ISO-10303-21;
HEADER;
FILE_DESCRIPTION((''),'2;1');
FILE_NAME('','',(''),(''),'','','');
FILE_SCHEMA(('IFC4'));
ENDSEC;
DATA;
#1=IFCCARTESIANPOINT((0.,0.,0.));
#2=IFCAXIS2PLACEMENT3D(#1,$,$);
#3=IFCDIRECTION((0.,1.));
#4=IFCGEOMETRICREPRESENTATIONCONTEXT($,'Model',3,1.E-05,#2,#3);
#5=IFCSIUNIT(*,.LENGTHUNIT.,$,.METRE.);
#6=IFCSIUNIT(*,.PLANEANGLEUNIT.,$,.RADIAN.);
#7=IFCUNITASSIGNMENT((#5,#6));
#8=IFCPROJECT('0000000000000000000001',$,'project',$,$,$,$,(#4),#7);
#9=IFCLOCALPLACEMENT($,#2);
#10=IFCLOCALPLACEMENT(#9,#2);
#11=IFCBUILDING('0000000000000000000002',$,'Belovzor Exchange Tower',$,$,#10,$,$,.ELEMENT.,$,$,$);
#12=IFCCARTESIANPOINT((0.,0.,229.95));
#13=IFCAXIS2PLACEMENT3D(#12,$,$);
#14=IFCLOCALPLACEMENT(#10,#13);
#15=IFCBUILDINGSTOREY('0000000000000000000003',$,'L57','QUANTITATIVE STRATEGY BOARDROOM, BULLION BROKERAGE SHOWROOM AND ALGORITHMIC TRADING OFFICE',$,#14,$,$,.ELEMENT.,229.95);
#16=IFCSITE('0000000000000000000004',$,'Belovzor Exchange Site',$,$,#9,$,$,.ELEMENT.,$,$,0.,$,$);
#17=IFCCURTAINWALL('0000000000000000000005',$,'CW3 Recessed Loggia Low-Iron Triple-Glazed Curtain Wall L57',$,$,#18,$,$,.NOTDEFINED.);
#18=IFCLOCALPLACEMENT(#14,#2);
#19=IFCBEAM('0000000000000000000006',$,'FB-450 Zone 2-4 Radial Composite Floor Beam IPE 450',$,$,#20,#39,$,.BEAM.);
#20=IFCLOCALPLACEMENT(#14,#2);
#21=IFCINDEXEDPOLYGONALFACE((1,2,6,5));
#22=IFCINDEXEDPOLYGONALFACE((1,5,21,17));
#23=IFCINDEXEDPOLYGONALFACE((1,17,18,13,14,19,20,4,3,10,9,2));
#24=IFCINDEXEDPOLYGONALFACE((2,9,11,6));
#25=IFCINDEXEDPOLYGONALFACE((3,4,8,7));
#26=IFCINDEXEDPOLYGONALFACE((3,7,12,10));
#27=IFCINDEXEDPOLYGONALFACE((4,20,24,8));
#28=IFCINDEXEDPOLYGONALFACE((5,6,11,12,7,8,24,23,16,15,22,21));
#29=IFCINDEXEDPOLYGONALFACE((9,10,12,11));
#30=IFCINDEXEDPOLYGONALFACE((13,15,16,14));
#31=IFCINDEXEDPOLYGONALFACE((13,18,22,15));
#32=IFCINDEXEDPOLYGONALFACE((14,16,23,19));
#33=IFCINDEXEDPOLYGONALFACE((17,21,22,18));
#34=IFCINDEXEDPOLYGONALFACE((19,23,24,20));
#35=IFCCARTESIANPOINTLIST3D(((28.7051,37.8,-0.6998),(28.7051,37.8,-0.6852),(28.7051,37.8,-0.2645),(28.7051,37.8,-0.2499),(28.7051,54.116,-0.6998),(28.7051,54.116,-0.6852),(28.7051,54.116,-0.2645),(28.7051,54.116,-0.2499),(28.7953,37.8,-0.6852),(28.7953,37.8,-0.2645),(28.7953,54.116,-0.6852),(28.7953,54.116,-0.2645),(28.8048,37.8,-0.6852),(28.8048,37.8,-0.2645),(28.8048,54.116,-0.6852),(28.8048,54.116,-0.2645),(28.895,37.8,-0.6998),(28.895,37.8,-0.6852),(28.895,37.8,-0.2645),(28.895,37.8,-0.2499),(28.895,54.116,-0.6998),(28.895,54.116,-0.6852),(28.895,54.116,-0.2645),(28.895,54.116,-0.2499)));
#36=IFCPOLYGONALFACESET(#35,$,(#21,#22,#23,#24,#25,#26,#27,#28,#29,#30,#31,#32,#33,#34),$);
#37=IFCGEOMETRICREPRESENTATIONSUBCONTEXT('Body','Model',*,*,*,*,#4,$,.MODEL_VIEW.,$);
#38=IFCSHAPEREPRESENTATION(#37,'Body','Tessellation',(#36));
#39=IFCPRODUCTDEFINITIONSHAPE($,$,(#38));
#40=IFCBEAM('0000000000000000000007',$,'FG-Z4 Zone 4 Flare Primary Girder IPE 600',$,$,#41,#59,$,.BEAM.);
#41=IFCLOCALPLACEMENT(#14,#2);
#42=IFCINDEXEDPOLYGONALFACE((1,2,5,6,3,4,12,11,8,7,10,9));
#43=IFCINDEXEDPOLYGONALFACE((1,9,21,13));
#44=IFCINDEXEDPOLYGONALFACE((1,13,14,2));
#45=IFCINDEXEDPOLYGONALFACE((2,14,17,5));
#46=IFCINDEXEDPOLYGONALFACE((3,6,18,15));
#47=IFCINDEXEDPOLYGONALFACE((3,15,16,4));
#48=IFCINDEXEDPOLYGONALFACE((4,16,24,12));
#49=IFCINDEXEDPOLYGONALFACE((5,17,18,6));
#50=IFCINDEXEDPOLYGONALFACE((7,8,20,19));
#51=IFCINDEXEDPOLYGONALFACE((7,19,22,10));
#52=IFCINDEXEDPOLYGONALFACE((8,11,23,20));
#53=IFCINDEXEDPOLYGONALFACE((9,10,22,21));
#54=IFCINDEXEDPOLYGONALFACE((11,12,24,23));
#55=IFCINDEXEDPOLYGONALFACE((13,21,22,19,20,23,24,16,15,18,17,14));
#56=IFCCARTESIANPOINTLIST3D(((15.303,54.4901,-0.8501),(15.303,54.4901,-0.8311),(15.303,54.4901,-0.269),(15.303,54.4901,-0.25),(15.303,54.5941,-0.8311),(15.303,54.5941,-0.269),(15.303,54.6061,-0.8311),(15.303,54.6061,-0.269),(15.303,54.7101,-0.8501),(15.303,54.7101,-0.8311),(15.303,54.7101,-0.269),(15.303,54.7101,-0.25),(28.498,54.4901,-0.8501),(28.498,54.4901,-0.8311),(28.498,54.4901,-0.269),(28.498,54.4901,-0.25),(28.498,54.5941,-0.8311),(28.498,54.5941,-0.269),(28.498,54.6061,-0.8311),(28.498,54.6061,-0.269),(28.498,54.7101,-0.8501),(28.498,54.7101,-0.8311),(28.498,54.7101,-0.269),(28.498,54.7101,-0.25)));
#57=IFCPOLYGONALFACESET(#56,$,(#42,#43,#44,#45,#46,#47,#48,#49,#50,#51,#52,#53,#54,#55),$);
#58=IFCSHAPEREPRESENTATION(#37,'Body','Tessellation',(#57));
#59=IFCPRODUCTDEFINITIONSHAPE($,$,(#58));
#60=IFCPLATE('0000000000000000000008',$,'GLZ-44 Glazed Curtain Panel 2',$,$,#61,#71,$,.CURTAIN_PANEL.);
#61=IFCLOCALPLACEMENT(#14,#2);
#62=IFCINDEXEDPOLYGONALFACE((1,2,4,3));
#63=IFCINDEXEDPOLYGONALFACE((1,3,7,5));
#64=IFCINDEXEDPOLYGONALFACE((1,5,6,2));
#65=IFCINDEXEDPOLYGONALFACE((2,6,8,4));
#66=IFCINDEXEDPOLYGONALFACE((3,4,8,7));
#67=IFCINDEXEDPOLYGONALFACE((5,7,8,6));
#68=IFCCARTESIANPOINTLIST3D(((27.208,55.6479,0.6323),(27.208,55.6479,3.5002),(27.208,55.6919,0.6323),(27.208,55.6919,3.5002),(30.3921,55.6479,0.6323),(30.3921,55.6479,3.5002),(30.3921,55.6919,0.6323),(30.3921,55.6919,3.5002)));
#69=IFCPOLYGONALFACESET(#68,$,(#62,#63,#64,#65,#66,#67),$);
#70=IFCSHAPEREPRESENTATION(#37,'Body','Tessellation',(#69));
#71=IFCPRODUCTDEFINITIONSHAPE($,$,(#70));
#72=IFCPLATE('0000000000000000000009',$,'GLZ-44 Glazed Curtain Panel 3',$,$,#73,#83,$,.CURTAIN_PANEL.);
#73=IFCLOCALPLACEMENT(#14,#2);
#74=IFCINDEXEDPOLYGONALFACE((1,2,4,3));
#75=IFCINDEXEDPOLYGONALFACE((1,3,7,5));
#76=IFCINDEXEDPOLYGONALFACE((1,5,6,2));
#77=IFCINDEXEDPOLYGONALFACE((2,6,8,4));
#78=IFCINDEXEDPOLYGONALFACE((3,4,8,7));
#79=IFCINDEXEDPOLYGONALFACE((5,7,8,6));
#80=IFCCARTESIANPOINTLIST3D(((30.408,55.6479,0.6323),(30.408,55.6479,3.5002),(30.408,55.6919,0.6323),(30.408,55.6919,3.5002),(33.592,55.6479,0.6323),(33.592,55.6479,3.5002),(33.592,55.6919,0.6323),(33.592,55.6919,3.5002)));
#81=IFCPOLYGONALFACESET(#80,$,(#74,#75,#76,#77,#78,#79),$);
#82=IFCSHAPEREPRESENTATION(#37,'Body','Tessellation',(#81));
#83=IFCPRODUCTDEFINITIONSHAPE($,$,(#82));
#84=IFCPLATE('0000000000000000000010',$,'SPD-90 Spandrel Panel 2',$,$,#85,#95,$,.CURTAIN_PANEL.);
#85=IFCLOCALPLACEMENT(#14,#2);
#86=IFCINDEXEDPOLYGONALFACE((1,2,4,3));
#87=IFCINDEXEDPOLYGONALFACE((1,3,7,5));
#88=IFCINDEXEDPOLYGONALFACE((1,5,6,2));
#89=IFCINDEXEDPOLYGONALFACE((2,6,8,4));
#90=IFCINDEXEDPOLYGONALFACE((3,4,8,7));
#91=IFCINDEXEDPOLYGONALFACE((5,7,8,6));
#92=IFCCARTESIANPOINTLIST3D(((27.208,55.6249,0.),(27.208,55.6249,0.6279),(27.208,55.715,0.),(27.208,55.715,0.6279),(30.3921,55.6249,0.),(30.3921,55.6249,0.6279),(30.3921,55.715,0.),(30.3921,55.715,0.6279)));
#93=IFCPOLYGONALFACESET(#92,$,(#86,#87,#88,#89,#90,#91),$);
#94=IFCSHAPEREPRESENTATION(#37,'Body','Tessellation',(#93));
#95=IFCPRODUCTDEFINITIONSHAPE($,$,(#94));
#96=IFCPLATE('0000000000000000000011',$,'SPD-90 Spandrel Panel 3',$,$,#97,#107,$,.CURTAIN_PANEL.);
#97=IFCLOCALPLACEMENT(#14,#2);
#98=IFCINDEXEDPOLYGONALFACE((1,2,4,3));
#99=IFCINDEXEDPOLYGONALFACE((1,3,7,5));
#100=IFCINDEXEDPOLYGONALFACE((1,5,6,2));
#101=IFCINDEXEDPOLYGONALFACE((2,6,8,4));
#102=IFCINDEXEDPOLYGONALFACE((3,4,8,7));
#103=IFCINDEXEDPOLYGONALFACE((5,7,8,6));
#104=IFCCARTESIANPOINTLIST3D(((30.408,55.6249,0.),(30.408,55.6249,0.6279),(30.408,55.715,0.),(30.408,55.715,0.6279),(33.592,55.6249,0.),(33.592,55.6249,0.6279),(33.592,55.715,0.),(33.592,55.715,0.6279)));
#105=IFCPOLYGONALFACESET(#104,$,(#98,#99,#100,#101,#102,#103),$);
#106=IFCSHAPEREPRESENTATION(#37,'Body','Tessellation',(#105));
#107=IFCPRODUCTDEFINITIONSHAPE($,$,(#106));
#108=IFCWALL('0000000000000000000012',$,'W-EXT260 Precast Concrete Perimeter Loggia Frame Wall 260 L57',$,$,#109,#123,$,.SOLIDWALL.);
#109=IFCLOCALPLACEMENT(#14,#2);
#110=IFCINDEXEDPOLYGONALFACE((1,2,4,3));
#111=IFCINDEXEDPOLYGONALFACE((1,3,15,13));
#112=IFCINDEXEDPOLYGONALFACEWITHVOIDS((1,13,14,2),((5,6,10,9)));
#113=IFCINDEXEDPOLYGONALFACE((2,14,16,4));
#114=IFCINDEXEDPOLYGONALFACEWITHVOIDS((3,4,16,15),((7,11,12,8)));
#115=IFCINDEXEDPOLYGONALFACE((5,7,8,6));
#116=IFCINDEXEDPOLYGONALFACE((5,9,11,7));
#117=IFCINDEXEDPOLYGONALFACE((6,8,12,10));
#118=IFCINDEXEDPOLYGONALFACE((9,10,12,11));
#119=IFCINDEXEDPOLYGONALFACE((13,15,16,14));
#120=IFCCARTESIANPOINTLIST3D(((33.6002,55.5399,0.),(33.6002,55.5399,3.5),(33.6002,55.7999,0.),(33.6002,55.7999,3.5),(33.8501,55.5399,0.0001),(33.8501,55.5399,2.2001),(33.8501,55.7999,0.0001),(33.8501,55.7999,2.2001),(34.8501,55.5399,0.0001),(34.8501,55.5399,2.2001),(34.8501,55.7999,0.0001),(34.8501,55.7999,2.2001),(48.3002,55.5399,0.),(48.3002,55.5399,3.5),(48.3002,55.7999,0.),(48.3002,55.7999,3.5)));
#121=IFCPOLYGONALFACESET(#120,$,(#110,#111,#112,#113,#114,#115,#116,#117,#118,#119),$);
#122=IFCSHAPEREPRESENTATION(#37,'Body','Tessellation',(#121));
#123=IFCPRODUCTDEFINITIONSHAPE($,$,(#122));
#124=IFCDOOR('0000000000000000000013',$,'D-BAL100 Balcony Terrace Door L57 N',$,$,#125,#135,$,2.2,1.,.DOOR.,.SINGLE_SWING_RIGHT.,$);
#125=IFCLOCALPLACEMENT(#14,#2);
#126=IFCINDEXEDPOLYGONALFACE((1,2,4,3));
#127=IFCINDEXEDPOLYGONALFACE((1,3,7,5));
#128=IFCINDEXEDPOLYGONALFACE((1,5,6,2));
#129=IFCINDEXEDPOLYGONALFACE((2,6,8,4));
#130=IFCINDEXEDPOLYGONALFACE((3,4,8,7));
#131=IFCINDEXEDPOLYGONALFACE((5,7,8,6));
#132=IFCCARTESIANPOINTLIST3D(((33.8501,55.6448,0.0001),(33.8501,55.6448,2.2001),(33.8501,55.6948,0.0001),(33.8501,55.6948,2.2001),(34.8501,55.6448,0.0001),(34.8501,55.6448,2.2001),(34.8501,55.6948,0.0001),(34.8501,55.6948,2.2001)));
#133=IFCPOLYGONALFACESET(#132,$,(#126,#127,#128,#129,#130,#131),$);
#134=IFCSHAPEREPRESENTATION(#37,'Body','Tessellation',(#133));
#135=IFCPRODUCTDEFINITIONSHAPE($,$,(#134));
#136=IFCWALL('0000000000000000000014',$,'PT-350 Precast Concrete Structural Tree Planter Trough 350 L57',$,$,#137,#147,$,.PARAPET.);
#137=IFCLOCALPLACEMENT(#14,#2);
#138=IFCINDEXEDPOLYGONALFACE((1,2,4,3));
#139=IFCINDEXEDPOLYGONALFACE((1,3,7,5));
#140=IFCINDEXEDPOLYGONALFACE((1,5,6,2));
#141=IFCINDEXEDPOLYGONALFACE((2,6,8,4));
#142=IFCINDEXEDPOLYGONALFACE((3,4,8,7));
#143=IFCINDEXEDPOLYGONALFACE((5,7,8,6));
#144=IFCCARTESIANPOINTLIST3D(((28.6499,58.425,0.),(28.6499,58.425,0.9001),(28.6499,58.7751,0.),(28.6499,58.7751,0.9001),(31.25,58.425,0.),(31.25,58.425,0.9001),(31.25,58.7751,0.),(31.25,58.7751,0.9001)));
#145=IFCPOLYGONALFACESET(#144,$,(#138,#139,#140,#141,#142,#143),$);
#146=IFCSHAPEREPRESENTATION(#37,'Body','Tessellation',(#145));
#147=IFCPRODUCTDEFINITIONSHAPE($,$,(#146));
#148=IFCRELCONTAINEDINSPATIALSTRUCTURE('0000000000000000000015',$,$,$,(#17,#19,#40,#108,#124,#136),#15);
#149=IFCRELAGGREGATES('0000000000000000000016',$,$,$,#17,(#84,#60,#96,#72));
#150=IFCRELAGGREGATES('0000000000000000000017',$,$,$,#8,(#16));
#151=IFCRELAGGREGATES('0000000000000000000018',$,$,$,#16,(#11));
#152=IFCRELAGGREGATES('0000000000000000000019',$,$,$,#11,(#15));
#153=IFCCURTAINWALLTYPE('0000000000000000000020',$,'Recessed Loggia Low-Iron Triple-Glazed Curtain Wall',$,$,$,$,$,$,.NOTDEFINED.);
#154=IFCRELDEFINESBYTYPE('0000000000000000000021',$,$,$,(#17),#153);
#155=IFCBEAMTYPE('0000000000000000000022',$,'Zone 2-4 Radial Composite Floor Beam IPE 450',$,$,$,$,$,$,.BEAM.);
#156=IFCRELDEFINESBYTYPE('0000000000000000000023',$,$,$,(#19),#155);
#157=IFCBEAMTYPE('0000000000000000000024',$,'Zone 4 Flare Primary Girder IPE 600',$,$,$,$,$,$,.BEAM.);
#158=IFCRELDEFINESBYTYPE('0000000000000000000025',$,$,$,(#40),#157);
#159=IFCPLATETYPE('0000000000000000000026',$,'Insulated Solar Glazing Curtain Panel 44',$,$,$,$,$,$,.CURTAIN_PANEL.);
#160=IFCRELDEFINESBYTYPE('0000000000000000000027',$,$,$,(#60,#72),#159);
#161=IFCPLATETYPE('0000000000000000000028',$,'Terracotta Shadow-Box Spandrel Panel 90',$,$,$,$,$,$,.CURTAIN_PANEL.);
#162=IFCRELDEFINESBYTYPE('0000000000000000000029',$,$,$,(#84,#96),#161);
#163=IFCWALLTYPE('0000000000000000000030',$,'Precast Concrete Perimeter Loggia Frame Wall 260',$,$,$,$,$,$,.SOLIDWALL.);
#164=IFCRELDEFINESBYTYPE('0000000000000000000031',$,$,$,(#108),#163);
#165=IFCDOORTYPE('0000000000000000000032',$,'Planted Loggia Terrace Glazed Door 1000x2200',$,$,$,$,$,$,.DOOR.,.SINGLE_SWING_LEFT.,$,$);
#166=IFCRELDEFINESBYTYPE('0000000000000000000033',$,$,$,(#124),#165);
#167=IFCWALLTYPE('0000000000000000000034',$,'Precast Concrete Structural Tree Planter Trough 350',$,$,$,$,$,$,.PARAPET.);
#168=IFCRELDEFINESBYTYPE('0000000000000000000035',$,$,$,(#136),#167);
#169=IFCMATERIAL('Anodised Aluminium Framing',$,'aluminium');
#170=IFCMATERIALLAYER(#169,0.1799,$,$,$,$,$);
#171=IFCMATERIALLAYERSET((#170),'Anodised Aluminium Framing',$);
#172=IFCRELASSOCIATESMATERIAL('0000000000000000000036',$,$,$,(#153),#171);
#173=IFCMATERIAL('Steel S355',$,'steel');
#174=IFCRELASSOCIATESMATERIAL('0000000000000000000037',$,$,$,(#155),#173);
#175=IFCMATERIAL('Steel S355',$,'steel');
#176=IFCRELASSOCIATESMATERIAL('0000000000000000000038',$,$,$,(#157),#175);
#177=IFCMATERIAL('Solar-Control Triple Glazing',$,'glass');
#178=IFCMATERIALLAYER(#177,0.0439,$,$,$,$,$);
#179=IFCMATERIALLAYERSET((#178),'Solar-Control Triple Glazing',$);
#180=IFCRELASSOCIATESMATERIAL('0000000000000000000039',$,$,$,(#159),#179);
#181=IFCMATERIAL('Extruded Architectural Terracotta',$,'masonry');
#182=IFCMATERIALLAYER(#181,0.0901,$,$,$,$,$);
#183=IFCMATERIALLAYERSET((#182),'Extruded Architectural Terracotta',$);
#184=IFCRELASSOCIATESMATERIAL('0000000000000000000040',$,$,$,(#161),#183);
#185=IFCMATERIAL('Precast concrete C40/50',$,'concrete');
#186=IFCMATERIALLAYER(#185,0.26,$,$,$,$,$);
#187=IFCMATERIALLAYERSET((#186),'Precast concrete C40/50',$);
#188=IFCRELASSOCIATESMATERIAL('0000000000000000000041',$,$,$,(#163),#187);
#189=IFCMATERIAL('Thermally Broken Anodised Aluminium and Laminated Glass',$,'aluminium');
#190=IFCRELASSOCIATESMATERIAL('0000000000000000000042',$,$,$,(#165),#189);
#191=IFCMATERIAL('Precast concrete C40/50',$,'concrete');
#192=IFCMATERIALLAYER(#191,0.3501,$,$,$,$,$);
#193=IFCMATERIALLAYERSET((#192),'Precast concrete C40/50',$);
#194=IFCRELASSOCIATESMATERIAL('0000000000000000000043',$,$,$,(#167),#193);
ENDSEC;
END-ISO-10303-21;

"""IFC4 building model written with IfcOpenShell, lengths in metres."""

from ifc_helpers import new_model, si_unit, direction, frame, frame_2d, origin, origin_2d, place, context, subcontext, project, spatial, rectangle, i_section, extrude, material, layer, layer_set, material_profile, profile_set, type_object, element, fill, aggregate, save


model = new_model("IFC4")

# Units and contexts
model_context = context("Model", 3, precision=1e-05, world=origin(), true_north=direction((0.0, 1.0)))
body_context = subcontext(model_context, "Body", "Model", "MODEL_VIEW")
ifc_project = project(units=[si_unit("LENGTHUNIT", "METRE"), si_unit("PLANEANGLEUNIT", "RADIAN")], contexts=[model_context])

# Site, building, storey
site_placement = place(None, origin())
site = spatial("IfcSite", under=ifc_project, at=site_placement, Name="Belovzor Exchange Site", CompositionType="ELEMENT", RefElevation=0.0)
building_placement = place(site_placement, origin())
building = spatial("IfcBuilding", under=site, at=building_placement, Name="Belovzor Exchange Tower", CompositionType="ELEMENT")
storey_placement = place(building_placement, frame((0.0, 0.0, 229.95)))
storey = spatial("IfcBuildingStorey", under=building, at=storey_placement, Name="L57", Description="QUANTITATIVE STRATEGY BOARDROOM, BULLION BROKERAGE SHOWROOM AND ALGORITHMIC TRADING OFFICE", CompositionType="ELEMENT", Elevation=229.95)

# Curtain wall
ifc_material_1 = material(Name="Anodised Aluminium Framing", Category="aluminium")
ifc_layer_1 = layer(ifc_material_1, 0.1799)
ifc_layer_set_1 = layer_set([ifc_layer_1], Name="Anodised Aluminium Framing")
curtain_wall_type = type_object("IfcCurtainWallType", Name="Recessed Loggia Low-Iron Triple-Glazed Curtain Wall", PredefinedType="NOTDEFINED", material=ifc_layer_set_1)
curtain_wall_placement = place(storey_placement, origin())
curtain_wall = element("IfcCurtainWall", 1, at=curtain_wall_placement, inside=storey, type_object=curtain_wall_type, Name="CW3 Recessed Loggia Low-Iron Triple-Glazed Curtain Wall L57", PredefinedType="NOTDEFINED")

# Beams
ifc_material_2 = material(Name="Steel S355", Category="steel")
ifc_material_profile_1 = material_profile(ifc_material_2, i_section(OverallWidth=0.1899, OverallDepth=0.45, WebThickness=0.0095, FlangeThickness=0.0146, at=origin_2d()))
ifc_profile_set_1 = profile_set([ifc_material_profile_1], Name="Steel S355")
beam_type_1 = type_object("IfcBeamType", Name="Zone 2-4 Radial Composite Floor Beam IPE 450", PredefinedType="BEAM", material=ifc_profile_set_1)
beam_1_placement = place(storey_placement, frame((28.8, 37.8, -0.4749), z_axis=(0.0, 1.0, 0.0), x_axis=(-1.0, 0.0, 0.0)))
element("IfcBeam", 2, at=beam_1_placement, inside=storey, type_object=beam_type_1, Name="FB-450 Zone 2-4 Radial Composite Floor Beam IPE 450", PredefinedType="BEAM", context=body_context, shape_type="SweptSolid", body=[
    extrude(i_section(OverallWidth=0.1899, OverallDepth=0.45, WebThickness=0.0095, FlangeThickness=0.0146, at=origin_2d()), origin(), (0.0, 0.0, 1.0), 16.3159),
])
ifc_material_3 = material(Name="Steel S355", Category="steel")
ifc_material_profile_2 = material_profile(ifc_material_3, i_section(OverallWidth=0.22, OverallDepth=0.6001, WebThickness=0.012, FlangeThickness=0.019, at=origin_2d()))
ifc_profile_set_2 = profile_set([ifc_material_profile_2], Name="Steel S355")
beam_type_2 = type_object("IfcBeamType", Name="Zone 4 Flare Primary Girder IPE 600", PredefinedType="BEAM", material=ifc_profile_set_2)
beam_2_placement = place(storey_placement, frame((28.498, 54.6001, -0.55), z_axis=(-1.0, 0.0, 0.0), x_axis=(0.0, -1.0, 0.0)))
element("IfcBeam", 3, at=beam_2_placement, inside=storey, type_object=beam_type_2, Name="FG-Z4 Zone 4 Flare Primary Girder IPE 600", PredefinedType="BEAM", context=body_context, shape_type="SweptSolid", body=[
    extrude(i_section(OverallWidth=0.22, OverallDepth=0.6001, WebThickness=0.012, FlangeThickness=0.019, at=origin_2d()), origin(), (0.0, 0.0, 1.0), 13.1951),
])

# Plates
ifc_material_4 = material(Name="Solar-Control Triple Glazing", Category="glass")
ifc_layer_2 = layer(ifc_material_4, 0.0439)
ifc_layer_set_2 = layer_set([ifc_layer_2], Name="Solar-Control Triple Glazing")
plate_type_1 = type_object("IfcPlateType", Name="Insulated Solar Glazing Curtain Panel 44", PredefinedType="CURTAIN_PANEL", material=ifc_layer_set_2)
plate_1_placement = place(storey_placement, frame((28.8, 55.6699, 0.6323), z_axis=(0.0, 0.0, 1.0), x_axis=(1.0, 0.0, 0.0)))
plate_1 = element("IfcPlate", 4, at=plate_1_placement, type_object=plate_type_1, Name="GLZ-44 Glazed Curtain Panel 2", PredefinedType="CURTAIN_PANEL", context=body_context, shape_type="SweptSolid", body=[
    extrude(rectangle(XDim=3.1841, YDim=0.0439, at=origin_2d()), origin(), (0.0, 0.0, 1.0), 2.8679),
])
plate_2_placement = place(storey_placement, frame((32.0, 55.6699, 0.6323), z_axis=(0.0, 0.0, 1.0), x_axis=(1.0, 0.0, 0.0)))
plate_2 = element("IfcPlate", 5, at=plate_2_placement, type_object=plate_type_1, Name="GLZ-44 Glazed Curtain Panel 3", PredefinedType="CURTAIN_PANEL", context=body_context, shape_type="SweptSolid", body=[
    extrude(rectangle(XDim=3.1841, YDim=0.0439, at=origin_2d()), origin(), (0.0, 0.0, 1.0), 2.8679),
])
ifc_material_5 = material(Name="Extruded Architectural Terracotta", Category="masonry")
ifc_layer_3 = layer(ifc_material_5, 0.0901)
ifc_layer_set_3 = layer_set([ifc_layer_3], Name="Extruded Architectural Terracotta")
plate_type_2 = type_object("IfcPlateType", Name="Terracotta Shadow-Box Spandrel Panel 90", PredefinedType="CURTAIN_PANEL", material=ifc_layer_set_3)
plate_3_placement = place(storey_placement, frame((28.8, 55.6699, 0.0), z_axis=(0.0, 0.0, 1.0), x_axis=(1.0, 0.0, 0.0)))
plate_3 = element("IfcPlate", 6, at=plate_3_placement, type_object=plate_type_2, Name="SPD-90 Spandrel Panel 2", PredefinedType="CURTAIN_PANEL", context=body_context, shape_type="SweptSolid", body=[
    extrude(rectangle(XDim=3.1841, YDim=0.0901, at=origin_2d()), origin(), (0.0, 0.0, 1.0), 0.6279),
])
plate_4_placement = place(storey_placement, frame((32.0, 55.6699, 0.0), z_axis=(0.0, 0.0, 1.0), x_axis=(1.0, 0.0, 0.0)))
plate_4 = element("IfcPlate", 7, at=plate_4_placement, type_object=plate_type_2, Name="SPD-90 Spandrel Panel 3", PredefinedType="CURTAIN_PANEL", context=body_context, shape_type="SweptSolid", body=[
    extrude(rectangle(XDim=3.1841, YDim=0.0901, at=origin_2d()), origin(), (0.0, 0.0, 1.0), 0.6279),
])
aggregate(curtain_wall, [plate_3, plate_1, plate_4, plate_2])

# Wall, opening, door
ifc_material_6 = material(Name="Precast concrete C40/50", Category="concrete")
ifc_layer_4 = layer(ifc_material_6, 0.26)
ifc_layer_set_4 = layer_set([ifc_layer_4], Name="Precast concrete C40/50")
wall_type_1 = type_object("IfcWallType", Name="Precast Concrete Perimeter Loggia Frame Wall 260", PredefinedType="SOLIDWALL", material=ifc_layer_set_4)
wall_1_placement = place(storey_placement, frame((33.6001, 55.6699, 0.0), z_axis=(0.0, 0.0, 1.0), x_axis=(1.0, 0.0, 0.0)))
wall_1 = element("IfcWall", 8, at=wall_1_placement, inside=storey, type_object=wall_type_1, Name="W-EXT260 Precast Concrete Perimeter Loggia Frame Wall 260 L57", PredefinedType="SOLIDWALL", context=body_context, shape_type="SweptSolid", body=[
    extrude(rectangle(XDim=14.7, YDim=0.26, at=frame_2d((7.3501, 0.0))), origin(), (0.0, 0.0, 1.0), 3.5),
])
opening_placement = place(wall_1_placement, frame((0.25, 0.0, 0.0)))
opening = element("IfcOpeningElement", 9, at=opening_placement, cuts=wall_1, PredefinedType="OPENING", context=body_context, shape_type="SweptSolid", body=[
    extrude(rectangle(XDim=1.0, YDim=2.2, at=frame_2d((0.5, 1.1001))), frame((0.0, 0.1399, 0.0), z_axis=(0.0, -1.0, 0.0), x_axis=(1.0, 0.0, 0.0)), (0.0, 0.0, 1.0), 0.28),
])
ifc_material_7 = material(Name="Thermally Broken Anodised Aluminium and Laminated Glass", Category="aluminium")
door_type = type_object("IfcDoorType", Name="Planted Loggia Terrace Glazed Door 1000x2200", OperationType="SINGLE_SWING_LEFT", PredefinedType="DOOR", material=ifc_material_7)
door_placement = place(opening_placement, origin())
door = element("IfcDoor", 10, at=door_placement, inside=storey, type_object=door_type, Name="D-BAL100 Balcony Terrace Door L57 N", OperationType="SINGLE_SWING_RIGHT", OverallHeight=2.2, OverallWidth=1.0, PredefinedType="DOOR", context=body_context, shape_type="SweptSolid", body=[
    extrude(rectangle(XDim=1.0, YDim=2.2, at=frame_2d((0.5, 1.1001))), frame((0.0, 0.0249, 0.0), z_axis=(0.0, -1.0, 0.0), x_axis=(1.0, 0.0, 0.0)), (0.0, 0.0, 1.0), 0.05),
])
fill(opening, door)

# Wall
ifc_material_8 = material(Name="Precast concrete C40/50", Category="concrete")
ifc_layer_5 = layer(ifc_material_8, 0.3501)
ifc_layer_set_5 = layer_set([ifc_layer_5], Name="Precast concrete C40/50")
wall_type_2 = type_object("IfcWallType", Name="Precast Concrete Structural Tree Planter Trough 350", PredefinedType="PARAPET", material=ifc_layer_set_5)
wall_2_placement = place(storey_placement, frame((28.6499, 58.6001, 0.0), z_axis=(0.0, 0.0, 1.0), x_axis=(1.0, 0.0, 0.0)))
element("IfcWall", 11, at=wall_2_placement, inside=storey, type_object=wall_type_2, Name="PT-350 Precast Concrete Structural Tree Planter Trough 350 L57", PredefinedType="PARAPET", context=body_context, shape_type="SweptSolid", body=[
    extrude(rectangle(XDim=2.6001, YDim=0.3501, at=frame_2d((1.3, 0.0))), origin(), (0.0, 0.0, 1.0), 0.9001),
])

save(model, "model.ifc")
